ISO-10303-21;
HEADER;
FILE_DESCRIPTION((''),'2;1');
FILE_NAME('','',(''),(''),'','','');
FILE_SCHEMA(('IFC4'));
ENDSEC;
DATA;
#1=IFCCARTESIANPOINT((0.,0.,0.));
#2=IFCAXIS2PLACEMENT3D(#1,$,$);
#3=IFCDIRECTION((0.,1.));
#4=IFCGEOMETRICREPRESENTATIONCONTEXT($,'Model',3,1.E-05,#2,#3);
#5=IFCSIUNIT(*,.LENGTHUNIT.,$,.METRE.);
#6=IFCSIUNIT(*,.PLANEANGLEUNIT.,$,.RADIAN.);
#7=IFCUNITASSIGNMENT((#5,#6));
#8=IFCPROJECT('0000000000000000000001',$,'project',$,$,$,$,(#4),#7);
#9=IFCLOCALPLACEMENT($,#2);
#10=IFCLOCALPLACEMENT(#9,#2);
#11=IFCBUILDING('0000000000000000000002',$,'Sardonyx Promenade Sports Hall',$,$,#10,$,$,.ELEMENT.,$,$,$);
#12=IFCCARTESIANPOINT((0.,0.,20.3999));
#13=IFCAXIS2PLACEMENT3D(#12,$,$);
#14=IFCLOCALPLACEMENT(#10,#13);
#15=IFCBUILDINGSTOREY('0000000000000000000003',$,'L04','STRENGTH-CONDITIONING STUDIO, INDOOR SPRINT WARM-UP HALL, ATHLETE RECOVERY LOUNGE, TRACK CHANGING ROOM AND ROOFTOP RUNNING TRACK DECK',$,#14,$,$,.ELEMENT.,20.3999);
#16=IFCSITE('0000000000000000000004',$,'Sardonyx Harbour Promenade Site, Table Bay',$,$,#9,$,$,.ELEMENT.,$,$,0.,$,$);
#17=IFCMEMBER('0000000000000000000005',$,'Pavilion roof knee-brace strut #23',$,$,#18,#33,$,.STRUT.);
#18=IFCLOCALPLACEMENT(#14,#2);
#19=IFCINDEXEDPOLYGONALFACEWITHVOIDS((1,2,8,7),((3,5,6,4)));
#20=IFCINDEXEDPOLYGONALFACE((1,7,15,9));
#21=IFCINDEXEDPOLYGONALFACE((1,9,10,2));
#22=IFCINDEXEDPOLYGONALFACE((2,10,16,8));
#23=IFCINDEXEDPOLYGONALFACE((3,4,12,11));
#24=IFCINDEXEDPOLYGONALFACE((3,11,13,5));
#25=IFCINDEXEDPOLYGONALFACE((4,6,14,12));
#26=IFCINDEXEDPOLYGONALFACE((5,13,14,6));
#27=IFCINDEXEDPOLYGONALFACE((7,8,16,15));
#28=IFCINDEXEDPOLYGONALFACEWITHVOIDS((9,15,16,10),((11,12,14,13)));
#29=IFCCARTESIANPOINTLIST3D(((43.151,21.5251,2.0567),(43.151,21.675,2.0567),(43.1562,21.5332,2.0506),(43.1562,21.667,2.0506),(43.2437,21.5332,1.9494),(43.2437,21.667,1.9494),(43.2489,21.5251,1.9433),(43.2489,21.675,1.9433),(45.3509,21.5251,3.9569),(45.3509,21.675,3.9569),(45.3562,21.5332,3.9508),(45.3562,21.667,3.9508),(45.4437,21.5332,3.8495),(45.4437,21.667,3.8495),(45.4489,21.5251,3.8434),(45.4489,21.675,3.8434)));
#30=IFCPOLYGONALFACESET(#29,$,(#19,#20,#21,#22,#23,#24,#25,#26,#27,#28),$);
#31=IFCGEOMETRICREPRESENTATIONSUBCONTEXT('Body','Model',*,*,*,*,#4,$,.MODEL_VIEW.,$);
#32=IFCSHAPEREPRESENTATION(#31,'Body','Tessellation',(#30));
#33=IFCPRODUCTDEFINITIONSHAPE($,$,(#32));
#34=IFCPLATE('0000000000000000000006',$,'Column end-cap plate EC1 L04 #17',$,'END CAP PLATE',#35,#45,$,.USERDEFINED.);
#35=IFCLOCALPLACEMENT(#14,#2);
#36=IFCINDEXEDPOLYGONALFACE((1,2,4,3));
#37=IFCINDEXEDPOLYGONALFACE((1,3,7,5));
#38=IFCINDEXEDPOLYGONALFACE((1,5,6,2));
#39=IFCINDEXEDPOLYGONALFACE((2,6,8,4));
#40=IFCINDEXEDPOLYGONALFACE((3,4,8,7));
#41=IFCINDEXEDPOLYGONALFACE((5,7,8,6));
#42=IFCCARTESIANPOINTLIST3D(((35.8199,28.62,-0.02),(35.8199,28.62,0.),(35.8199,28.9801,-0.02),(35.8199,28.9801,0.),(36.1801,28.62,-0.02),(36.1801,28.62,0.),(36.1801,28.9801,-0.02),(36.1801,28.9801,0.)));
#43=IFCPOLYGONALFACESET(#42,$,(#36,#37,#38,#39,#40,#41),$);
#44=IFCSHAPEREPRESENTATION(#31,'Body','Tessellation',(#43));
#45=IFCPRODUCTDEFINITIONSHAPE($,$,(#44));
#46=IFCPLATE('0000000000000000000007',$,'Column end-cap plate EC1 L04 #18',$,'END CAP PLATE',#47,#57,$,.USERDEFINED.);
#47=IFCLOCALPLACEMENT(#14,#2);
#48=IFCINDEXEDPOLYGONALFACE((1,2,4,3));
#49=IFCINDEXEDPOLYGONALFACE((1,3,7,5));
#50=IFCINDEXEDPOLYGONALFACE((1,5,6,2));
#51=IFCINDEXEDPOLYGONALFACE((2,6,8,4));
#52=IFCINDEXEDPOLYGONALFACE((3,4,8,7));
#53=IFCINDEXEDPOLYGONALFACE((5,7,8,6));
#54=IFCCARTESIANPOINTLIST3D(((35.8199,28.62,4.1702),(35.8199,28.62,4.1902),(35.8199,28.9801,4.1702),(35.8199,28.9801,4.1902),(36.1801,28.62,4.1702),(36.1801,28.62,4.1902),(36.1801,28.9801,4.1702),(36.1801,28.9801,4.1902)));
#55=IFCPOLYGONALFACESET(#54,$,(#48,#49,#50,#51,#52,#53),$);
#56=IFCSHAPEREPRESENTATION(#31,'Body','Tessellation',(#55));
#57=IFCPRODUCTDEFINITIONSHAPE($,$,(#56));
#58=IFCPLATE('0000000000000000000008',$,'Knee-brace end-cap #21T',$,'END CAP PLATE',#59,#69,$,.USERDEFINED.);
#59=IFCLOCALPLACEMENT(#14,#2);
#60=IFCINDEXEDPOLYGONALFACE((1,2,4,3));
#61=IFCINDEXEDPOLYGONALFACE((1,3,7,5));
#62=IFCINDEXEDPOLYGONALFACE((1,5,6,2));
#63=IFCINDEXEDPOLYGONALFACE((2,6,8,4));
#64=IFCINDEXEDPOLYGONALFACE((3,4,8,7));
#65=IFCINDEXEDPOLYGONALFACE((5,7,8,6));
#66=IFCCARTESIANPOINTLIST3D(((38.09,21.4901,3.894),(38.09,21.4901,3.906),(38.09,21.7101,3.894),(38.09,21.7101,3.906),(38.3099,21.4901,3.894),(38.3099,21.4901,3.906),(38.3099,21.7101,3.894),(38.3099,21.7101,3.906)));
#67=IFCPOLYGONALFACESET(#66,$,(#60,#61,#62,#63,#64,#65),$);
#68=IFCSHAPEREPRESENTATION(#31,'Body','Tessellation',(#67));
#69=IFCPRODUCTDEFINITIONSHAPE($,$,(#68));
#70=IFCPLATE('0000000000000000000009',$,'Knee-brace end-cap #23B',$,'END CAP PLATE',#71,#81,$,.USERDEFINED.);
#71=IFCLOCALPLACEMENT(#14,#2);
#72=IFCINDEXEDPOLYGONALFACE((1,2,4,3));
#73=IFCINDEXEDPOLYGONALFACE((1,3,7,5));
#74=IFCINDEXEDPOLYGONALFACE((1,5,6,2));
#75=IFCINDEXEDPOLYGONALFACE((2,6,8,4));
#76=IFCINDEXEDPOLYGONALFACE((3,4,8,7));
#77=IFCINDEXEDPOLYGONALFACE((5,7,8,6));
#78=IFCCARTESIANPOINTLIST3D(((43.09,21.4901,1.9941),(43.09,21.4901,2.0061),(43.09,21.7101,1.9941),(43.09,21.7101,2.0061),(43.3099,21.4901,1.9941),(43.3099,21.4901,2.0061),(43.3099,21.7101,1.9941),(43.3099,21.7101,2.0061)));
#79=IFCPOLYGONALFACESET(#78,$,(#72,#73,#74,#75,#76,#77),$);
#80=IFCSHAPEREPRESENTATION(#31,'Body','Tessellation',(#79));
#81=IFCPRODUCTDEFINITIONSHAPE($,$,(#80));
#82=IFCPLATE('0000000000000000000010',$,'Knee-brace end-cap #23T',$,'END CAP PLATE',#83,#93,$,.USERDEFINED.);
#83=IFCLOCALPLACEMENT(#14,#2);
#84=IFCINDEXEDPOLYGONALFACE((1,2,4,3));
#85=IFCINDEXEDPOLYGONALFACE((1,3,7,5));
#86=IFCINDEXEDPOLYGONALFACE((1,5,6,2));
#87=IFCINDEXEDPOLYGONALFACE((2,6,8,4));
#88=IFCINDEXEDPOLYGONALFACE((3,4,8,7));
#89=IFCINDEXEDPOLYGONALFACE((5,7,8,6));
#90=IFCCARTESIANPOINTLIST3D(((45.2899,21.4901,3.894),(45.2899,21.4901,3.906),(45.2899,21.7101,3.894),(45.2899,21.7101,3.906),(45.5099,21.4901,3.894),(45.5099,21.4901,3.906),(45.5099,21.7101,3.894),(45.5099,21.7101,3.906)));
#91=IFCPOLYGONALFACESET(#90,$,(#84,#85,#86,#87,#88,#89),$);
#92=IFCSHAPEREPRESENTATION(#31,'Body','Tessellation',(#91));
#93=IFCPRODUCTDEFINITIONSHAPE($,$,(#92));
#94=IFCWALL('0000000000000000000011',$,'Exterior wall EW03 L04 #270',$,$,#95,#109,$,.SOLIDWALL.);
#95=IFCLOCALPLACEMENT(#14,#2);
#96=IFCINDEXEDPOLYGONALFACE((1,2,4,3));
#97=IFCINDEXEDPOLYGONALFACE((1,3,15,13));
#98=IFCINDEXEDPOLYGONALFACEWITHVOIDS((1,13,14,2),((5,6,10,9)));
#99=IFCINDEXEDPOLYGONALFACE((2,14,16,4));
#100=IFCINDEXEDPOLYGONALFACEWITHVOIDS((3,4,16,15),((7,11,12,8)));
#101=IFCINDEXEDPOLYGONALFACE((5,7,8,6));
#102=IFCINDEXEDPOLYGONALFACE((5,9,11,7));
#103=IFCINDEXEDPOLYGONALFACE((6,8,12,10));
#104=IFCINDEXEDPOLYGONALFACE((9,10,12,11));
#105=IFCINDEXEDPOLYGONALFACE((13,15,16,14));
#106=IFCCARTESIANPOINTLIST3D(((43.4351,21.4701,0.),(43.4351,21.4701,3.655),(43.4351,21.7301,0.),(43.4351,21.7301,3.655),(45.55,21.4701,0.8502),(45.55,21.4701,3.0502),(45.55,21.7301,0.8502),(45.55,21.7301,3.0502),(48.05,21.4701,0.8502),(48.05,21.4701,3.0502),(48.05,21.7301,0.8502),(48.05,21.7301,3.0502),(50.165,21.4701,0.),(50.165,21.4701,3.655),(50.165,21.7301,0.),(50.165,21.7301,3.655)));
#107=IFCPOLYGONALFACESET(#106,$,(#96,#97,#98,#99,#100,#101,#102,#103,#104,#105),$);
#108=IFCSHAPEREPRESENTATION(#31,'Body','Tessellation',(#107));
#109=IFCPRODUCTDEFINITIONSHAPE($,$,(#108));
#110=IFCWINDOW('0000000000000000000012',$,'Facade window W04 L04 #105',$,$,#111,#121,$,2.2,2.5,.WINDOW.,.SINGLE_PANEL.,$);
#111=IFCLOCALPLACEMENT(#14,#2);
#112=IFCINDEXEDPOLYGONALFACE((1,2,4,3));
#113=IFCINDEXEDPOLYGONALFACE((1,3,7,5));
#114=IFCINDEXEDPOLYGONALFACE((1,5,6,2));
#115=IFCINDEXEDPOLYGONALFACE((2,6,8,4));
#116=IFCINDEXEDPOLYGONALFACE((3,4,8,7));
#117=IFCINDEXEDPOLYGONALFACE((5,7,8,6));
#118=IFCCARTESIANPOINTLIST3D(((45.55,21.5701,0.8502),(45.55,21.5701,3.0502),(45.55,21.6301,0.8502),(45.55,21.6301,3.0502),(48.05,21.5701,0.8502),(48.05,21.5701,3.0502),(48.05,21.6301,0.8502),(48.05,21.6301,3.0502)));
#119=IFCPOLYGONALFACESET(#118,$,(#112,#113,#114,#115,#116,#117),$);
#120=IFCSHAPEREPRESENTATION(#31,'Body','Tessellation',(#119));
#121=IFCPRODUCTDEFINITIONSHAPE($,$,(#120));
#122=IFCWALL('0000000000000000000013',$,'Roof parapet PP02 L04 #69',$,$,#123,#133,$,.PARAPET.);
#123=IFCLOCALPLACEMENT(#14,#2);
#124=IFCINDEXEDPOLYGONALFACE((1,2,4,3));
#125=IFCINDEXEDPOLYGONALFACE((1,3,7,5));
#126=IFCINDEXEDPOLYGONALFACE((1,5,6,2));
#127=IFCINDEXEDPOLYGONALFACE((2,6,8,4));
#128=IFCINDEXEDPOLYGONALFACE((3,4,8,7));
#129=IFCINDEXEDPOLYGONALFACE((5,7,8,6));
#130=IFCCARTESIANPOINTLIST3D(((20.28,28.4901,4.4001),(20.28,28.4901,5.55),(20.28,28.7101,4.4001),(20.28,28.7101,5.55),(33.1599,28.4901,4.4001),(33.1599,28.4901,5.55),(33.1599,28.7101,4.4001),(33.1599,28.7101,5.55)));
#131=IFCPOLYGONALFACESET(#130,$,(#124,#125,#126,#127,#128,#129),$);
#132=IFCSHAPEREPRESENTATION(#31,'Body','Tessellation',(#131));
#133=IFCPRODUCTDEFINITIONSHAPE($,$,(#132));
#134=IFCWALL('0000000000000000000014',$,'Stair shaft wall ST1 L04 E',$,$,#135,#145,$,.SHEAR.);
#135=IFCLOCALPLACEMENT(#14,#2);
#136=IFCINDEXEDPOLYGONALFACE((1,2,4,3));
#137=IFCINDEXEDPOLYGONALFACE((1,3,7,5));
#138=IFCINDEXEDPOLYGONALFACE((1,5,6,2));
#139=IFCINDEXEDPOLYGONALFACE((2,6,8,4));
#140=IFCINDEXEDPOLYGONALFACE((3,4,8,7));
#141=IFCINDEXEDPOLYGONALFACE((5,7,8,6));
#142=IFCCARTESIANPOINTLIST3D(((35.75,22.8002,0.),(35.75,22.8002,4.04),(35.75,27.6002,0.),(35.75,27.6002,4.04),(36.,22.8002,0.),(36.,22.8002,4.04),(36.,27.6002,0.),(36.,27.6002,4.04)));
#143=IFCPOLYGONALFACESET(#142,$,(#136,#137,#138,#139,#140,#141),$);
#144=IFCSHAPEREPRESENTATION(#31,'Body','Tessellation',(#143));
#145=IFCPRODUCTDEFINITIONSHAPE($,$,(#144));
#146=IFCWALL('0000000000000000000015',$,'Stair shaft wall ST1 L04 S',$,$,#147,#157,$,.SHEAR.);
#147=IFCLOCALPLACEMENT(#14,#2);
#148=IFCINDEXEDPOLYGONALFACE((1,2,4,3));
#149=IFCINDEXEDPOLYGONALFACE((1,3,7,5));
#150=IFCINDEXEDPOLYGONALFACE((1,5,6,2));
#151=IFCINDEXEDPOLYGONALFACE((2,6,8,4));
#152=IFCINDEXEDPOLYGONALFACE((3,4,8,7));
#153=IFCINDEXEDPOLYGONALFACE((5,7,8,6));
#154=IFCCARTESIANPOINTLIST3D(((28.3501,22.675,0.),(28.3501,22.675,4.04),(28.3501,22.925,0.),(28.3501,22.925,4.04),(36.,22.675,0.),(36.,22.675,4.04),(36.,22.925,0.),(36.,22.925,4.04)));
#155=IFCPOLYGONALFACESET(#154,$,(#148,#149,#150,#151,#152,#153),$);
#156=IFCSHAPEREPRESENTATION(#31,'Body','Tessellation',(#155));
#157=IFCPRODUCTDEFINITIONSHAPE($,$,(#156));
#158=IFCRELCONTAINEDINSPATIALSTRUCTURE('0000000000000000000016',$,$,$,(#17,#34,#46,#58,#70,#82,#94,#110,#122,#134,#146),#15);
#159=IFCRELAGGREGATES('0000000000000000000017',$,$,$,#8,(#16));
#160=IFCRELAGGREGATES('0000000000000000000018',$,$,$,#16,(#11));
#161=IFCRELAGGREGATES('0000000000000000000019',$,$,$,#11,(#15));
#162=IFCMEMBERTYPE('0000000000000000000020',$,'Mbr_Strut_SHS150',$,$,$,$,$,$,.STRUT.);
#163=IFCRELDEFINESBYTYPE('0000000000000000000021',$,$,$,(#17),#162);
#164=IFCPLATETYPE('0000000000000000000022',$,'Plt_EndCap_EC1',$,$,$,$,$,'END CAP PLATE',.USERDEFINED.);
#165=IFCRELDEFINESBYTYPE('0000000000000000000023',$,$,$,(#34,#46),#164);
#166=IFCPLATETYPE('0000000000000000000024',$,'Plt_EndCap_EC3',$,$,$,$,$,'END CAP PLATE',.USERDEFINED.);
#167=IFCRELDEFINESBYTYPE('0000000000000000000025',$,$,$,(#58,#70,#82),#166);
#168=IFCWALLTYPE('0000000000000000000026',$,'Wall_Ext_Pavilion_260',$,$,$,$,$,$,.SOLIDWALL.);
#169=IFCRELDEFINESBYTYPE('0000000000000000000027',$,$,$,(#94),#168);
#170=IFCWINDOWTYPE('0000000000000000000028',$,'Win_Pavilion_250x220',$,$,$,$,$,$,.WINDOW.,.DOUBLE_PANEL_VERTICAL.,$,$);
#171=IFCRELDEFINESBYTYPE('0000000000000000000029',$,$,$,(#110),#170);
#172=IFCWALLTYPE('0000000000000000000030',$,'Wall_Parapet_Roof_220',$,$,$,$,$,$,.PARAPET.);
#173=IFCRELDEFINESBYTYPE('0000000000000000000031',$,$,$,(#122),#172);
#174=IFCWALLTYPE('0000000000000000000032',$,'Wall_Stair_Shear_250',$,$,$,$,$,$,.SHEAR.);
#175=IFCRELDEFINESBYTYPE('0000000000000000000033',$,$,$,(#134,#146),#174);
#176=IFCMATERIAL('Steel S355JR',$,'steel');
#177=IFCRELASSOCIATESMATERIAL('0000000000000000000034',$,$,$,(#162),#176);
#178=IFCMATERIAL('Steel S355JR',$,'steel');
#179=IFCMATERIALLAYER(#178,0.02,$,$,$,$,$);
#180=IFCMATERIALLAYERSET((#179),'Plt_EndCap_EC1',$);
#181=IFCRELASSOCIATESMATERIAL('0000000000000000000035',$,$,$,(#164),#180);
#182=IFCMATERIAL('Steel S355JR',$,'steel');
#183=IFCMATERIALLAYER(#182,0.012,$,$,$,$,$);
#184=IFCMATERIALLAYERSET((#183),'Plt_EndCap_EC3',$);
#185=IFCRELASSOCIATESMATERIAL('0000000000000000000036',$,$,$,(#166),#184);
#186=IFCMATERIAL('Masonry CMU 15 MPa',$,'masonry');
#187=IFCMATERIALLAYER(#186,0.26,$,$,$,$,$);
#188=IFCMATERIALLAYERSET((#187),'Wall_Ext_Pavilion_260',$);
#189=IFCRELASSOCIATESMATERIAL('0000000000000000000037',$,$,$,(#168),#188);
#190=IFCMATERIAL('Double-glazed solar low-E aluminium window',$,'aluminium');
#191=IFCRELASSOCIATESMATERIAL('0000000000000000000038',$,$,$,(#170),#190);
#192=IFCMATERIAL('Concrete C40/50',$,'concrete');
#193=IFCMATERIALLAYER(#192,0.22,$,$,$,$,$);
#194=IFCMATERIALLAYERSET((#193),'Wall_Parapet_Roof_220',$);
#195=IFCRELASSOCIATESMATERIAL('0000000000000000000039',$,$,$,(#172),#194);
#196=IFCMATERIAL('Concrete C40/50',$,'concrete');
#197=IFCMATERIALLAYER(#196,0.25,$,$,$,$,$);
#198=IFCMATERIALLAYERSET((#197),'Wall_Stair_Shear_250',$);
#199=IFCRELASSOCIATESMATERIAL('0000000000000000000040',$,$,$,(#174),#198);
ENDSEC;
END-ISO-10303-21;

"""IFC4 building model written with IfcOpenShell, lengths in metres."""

from ifc_helpers import new_model, si_unit, direction, frame, frame_2d, origin, origin_2d, place, context, subcontext, project, spatial, rectangle, hollow_rectangle, extrude, material, layer, layer_set, material_profile, profile_set, type_object, element, fill, save


model = new_model("IFC4")

# Units and contexts
model_context = context("Model", 3, precision=1e-05, world=origin(), true_north=direction((0.0, 1.0)))
body_context = subcontext(model_context, "Body", "Model", "MODEL_VIEW")
ifc_project = project(units=[si_unit("LENGTHUNIT", "METRE"), si_unit("PLANEANGLEUNIT", "RADIAN")], contexts=[model_context])

# Site, building, storey
site_placement = place(None, origin())
site = spatial("IfcSite", under=ifc_project, at=site_placement, Name="Sardonyx Harbour Promenade Site, Table Bay", CompositionType="ELEMENT", RefElevation=0.0)
building_placement = place(site_placement, origin())
building = spatial("IfcBuilding", under=site, at=building_placement, Name="Sardonyx Promenade Sports Hall", CompositionType="ELEMENT")
storey_placement = place(building_placement, frame((0.0, 0.0, 20.3999)))
storey = spatial("IfcBuildingStorey", under=building, at=storey_placement, Name="L04", Description="STRENGTH-CONDITIONING STUDIO, INDOOR SPRINT WARM-UP HALL, ATHLETE RECOVERY LOUNGE, TRACK CHANGING ROOM AND ROOFTOP RUNNING TRACK DECK", CompositionType="ELEMENT", Elevation=20.3999)

# Member
ifc_material_1 = material(Name="Steel S355JR", Category="steel")
ifc_material_profile_1 = material_profile(ifc_material_1, hollow_rectangle(XDim=0.1499, YDim=0.1499, WallThickness=0.0081, at=origin_2d()))
ifc_profile_set_1 = profile_set([ifc_material_profile_1], Name="Steel S355JR")
member_type = type_object("IfcMemberType", Name="Mbr_Strut_SHS150", PredefinedType="STRUT", material=ifc_profile_set_1)
member_placement = place(storey_placement, frame((43.2, 21.6001, 2.0), z_axis=(0.756791, 0.0, 0.653657), x_axis=(0.0, 1.0, 0.0)))
element("IfcMember", 1, at=member_placement, inside=storey, type_object=member_type, Name="Pavilion roof knee-brace strut #23", PredefinedType="STRUT", context=body_context, shape_type="SweptSolid", body=[
    extrude(hollow_rectangle(XDim=0.1499, YDim=0.1499, WallThickness=0.0081, at=origin_2d()), origin(), (0.0, 0.0, 1.0), 2.907),
])

# Plates
ifc_material_2 = material(Name="Steel S355JR", Category="steel")
ifc_layer_1 = layer(ifc_material_2, 0.02)
ifc_layer_set_1 = layer_set([ifc_layer_1], Name="Plt_EndCap_EC1")
plate_type_1 = type_object("IfcPlateType", Name="Plt_EndCap_EC1", ElementType="END CAP PLATE", PredefinedType="USERDEFINED", material=ifc_layer_set_1)
for number, where, z_axis, x_axis, name in (
    (2, (36.0, 28.8, -0.02), (0.0, 0.0, 1.0), (1.0, 0.0, 0.0), "Column end-cap plate EC1 L04 #17"),
    (3, (36.0, 28.8, 4.1702), (0.0, 0.0, 1.0), (1.0, 0.0, 0.0), "Column end-cap plate EC1 L04 #18"),
):
    element("IfcPlate", number, at=place(storey_placement, frame(where, z_axis=z_axis, x_axis=x_axis)), inside=storey, type_object=plate_type_1, Name=name, ObjectType="END CAP PLATE", PredefinedType="USERDEFINED", context=body_context, shape_type="SweptSolid", body=[
        extrude(rectangle(XDim=0.3601, YDim=0.3601, at=origin_2d()), origin(), (0.0, 0.0, 1.0), 0.02),
    ])
ifc_material_3 = material(Name="Steel S355JR", Category="steel")
ifc_layer_2 = layer(ifc_material_3, 0.012)
ifc_layer_set_2 = layer_set([ifc_layer_2], Name="Plt_EndCap_EC3")
plate_type_2 = type_object("IfcPlateType", Name="Plt_EndCap_EC3", ElementType="END CAP PLATE", PredefinedType="USERDEFINED", material=ifc_layer_set_2)
for number, where, z_axis, x_axis, name in (
    (4, (38.2, 21.6001, 3.894), (0.0, 0.0, 1.0), (1.0, 0.0, 0.0), "Knee-brace end-cap #21T"),
    (5, (43.2, 21.6001, 1.9941), (0.0, 0.0, 1.0), (1.0, 0.0, 0.0), "Knee-brace end-cap #23B"),
    (6, (45.3999, 21.6001, 3.894), (0.0, 0.0, 1.0), (1.0, 0.0, 0.0), "Knee-brace end-cap #23T"),
):
    element("IfcPlate", number, at=place(storey_placement, frame(where, z_axis=z_axis, x_axis=x_axis)), inside=storey, type_object=plate_type_2, Name=name, ObjectType="END CAP PLATE", PredefinedType="USERDEFINED", context=body_context, shape_type="SweptSolid", body=[
        extrude(rectangle(XDim=0.22, YDim=0.22, at=origin_2d()), origin(), (0.0, 0.0, 1.0), 0.012),
    ])

# Wall, opening, window
ifc_material_4 = material(Name="Masonry CMU 15 MPa", Category="masonry")
ifc_layer_3 = layer(ifc_material_4, 0.26)
ifc_layer_set_3 = layer_set([ifc_layer_3], Name="Wall_Ext_Pavilion_260")
wall_type_1 = type_object("IfcWallType", Name="Wall_Ext_Pavilion_260", PredefinedType="SOLIDWALL", material=ifc_layer_set_3)
wall_1_placement = place(storey_placement, frame((43.4351, 21.6001, 0.0), z_axis=(0.0, 0.0, 1.0), x_axis=(1.0, 0.0, 0.0)))
wall_1 = element("IfcWall", 7, at=wall_1_placement, inside=storey, type_object=wall_type_1, Name="Exterior wall EW03 L04 #270", PredefinedType="SOLIDWALL", context=body_context, shape_type="SweptSolid", body=[
    extrude(rectangle(XDim=6.73, YDim=0.26, at=frame_2d((3.365, 0.0))), origin(), (0.0, 0.0, 1.0), 3.655),
])
opening_placement = place(wall_1_placement, frame((2.115, 0.0, 0.8501)))
opening = element("IfcOpeningElement", 8, at=opening_placement, cuts=wall_1, PredefinedType="OPENING", context=body_context, shape_type="SweptSolid", body=[
    extrude(rectangle(XDim=2.5, YDim=2.2, at=frame_2d((1.25, 1.1001))), frame((0.0, 0.14, 0.0), z_axis=(0.0, -1.0, 0.0), x_axis=(1.0, 0.0, 0.0)), (0.0, 0.0, 1.0), 0.28),
])
ifc_material_5 = material(Name="Double-glazed solar low-E aluminium window", Category="aluminium")
window_type = type_object("IfcWindowType", Name="Win_Pavilion_250x220", PartitioningType="DOUBLE_PANEL_VERTICAL", PredefinedType="WINDOW", material=ifc_material_5)
window_placement = place(opening_placement, origin())
window = element("IfcWindow", 9, at=window_placement, inside=storey, type_object=window_type, Name="Facade window W04 L04 #105", OverallHeight=2.2, OverallWidth=2.5, PartitioningType="SINGLE_PANEL", PredefinedType="WINDOW", context=body_context, shape_type="SweptSolid", body=[
    extrude(rectangle(XDim=2.5, YDim=2.2, at=frame_2d((1.25, 1.1001))), frame((0.0, 0.03, 0.0), z_axis=(0.0, -1.0, 0.0), x_axis=(1.0, 0.0, 0.0)), (0.0, 0.0, 1.0), 0.0601),
])
fill(opening, window)

# Walls
ifc_material_6 = material(Name="Concrete C40/50", Category="concrete")
ifc_layer_4 = layer(ifc_material_6, 0.22)
ifc_layer_set_4 = layer_set([ifc_layer_4], Name="Wall_Parapet_Roof_220")
wall_type_2 = type_object("IfcWallType", Name="Wall_Parapet_Roof_220", PredefinedType="PARAPET", material=ifc_layer_set_4)
wall_2_placement = place(storey_placement, frame((33.1599, 28.6001, 4.4001), z_axis=(0.0, 0.0, 1.0), x_axis=(-1.0, 0.0, 0.0)))
element("IfcWall", 10, at=wall_2_placement, inside=storey, type_object=wall_type_2, Name="Roof parapet PP02 L04 #69", PredefinedType="PARAPET", context=body_context, shape_type="SweptSolid", body=[
    extrude(rectangle(XDim=12.8799, YDim=0.22, at=frame_2d((6.4399, 0.0))), origin(), (0.0, 0.0, 1.0), 1.1499),
])
ifc_material_7 = material(Name="Concrete C40/50", Category="concrete")
ifc_layer_5 = layer(ifc_material_7, 0.25)
ifc_layer_set_5 = layer_set([ifc_layer_5], Name="Wall_Stair_Shear_250")
wall_type_3 = type_object("IfcWallType", Name="Wall_Stair_Shear_250", PredefinedType="SHEAR", material=ifc_layer_set_5)
wall_3_placement = place(storey_placement, frame((35.875, 27.6001, 0.0), z_axis=(0.0, 0.0, 1.0), x_axis=(0.0, -1.0, 0.0)))
element("IfcWall", 11, at=wall_3_placement, inside=storey, type_object=wall_type_3, Name="Stair shaft wall ST1 L04 E", PredefinedType="SHEAR", context=body_context, shape_type="SweptSolid", body=[
    extrude(rectangle(XDim=4.8, YDim=0.25, at=frame_2d((2.3999, 0.0))), origin(), (0.0, 0.0, 1.0), 4.04),
])
wall_4_placement = place(storey_placement, frame((36.0, 22.8, 0.0), z_axis=(0.0, 0.0, 1.0), x_axis=(-1.0, 0.0, 0.0)))
element("IfcWall", 12, at=wall_4_placement, inside=storey, type_object=wall_type_3, Name="Stair shaft wall ST1 L04 S", PredefinedType="SHEAR", context=body_context, shape_type="SweptSolid", body=[
    extrude(rectangle(XDim=7.6499, YDim=0.25, at=frame_2d((3.825, 0.0))), origin(), (0.0, 0.0, 1.0), 4.04),
])

save(model, "model.ifc")
